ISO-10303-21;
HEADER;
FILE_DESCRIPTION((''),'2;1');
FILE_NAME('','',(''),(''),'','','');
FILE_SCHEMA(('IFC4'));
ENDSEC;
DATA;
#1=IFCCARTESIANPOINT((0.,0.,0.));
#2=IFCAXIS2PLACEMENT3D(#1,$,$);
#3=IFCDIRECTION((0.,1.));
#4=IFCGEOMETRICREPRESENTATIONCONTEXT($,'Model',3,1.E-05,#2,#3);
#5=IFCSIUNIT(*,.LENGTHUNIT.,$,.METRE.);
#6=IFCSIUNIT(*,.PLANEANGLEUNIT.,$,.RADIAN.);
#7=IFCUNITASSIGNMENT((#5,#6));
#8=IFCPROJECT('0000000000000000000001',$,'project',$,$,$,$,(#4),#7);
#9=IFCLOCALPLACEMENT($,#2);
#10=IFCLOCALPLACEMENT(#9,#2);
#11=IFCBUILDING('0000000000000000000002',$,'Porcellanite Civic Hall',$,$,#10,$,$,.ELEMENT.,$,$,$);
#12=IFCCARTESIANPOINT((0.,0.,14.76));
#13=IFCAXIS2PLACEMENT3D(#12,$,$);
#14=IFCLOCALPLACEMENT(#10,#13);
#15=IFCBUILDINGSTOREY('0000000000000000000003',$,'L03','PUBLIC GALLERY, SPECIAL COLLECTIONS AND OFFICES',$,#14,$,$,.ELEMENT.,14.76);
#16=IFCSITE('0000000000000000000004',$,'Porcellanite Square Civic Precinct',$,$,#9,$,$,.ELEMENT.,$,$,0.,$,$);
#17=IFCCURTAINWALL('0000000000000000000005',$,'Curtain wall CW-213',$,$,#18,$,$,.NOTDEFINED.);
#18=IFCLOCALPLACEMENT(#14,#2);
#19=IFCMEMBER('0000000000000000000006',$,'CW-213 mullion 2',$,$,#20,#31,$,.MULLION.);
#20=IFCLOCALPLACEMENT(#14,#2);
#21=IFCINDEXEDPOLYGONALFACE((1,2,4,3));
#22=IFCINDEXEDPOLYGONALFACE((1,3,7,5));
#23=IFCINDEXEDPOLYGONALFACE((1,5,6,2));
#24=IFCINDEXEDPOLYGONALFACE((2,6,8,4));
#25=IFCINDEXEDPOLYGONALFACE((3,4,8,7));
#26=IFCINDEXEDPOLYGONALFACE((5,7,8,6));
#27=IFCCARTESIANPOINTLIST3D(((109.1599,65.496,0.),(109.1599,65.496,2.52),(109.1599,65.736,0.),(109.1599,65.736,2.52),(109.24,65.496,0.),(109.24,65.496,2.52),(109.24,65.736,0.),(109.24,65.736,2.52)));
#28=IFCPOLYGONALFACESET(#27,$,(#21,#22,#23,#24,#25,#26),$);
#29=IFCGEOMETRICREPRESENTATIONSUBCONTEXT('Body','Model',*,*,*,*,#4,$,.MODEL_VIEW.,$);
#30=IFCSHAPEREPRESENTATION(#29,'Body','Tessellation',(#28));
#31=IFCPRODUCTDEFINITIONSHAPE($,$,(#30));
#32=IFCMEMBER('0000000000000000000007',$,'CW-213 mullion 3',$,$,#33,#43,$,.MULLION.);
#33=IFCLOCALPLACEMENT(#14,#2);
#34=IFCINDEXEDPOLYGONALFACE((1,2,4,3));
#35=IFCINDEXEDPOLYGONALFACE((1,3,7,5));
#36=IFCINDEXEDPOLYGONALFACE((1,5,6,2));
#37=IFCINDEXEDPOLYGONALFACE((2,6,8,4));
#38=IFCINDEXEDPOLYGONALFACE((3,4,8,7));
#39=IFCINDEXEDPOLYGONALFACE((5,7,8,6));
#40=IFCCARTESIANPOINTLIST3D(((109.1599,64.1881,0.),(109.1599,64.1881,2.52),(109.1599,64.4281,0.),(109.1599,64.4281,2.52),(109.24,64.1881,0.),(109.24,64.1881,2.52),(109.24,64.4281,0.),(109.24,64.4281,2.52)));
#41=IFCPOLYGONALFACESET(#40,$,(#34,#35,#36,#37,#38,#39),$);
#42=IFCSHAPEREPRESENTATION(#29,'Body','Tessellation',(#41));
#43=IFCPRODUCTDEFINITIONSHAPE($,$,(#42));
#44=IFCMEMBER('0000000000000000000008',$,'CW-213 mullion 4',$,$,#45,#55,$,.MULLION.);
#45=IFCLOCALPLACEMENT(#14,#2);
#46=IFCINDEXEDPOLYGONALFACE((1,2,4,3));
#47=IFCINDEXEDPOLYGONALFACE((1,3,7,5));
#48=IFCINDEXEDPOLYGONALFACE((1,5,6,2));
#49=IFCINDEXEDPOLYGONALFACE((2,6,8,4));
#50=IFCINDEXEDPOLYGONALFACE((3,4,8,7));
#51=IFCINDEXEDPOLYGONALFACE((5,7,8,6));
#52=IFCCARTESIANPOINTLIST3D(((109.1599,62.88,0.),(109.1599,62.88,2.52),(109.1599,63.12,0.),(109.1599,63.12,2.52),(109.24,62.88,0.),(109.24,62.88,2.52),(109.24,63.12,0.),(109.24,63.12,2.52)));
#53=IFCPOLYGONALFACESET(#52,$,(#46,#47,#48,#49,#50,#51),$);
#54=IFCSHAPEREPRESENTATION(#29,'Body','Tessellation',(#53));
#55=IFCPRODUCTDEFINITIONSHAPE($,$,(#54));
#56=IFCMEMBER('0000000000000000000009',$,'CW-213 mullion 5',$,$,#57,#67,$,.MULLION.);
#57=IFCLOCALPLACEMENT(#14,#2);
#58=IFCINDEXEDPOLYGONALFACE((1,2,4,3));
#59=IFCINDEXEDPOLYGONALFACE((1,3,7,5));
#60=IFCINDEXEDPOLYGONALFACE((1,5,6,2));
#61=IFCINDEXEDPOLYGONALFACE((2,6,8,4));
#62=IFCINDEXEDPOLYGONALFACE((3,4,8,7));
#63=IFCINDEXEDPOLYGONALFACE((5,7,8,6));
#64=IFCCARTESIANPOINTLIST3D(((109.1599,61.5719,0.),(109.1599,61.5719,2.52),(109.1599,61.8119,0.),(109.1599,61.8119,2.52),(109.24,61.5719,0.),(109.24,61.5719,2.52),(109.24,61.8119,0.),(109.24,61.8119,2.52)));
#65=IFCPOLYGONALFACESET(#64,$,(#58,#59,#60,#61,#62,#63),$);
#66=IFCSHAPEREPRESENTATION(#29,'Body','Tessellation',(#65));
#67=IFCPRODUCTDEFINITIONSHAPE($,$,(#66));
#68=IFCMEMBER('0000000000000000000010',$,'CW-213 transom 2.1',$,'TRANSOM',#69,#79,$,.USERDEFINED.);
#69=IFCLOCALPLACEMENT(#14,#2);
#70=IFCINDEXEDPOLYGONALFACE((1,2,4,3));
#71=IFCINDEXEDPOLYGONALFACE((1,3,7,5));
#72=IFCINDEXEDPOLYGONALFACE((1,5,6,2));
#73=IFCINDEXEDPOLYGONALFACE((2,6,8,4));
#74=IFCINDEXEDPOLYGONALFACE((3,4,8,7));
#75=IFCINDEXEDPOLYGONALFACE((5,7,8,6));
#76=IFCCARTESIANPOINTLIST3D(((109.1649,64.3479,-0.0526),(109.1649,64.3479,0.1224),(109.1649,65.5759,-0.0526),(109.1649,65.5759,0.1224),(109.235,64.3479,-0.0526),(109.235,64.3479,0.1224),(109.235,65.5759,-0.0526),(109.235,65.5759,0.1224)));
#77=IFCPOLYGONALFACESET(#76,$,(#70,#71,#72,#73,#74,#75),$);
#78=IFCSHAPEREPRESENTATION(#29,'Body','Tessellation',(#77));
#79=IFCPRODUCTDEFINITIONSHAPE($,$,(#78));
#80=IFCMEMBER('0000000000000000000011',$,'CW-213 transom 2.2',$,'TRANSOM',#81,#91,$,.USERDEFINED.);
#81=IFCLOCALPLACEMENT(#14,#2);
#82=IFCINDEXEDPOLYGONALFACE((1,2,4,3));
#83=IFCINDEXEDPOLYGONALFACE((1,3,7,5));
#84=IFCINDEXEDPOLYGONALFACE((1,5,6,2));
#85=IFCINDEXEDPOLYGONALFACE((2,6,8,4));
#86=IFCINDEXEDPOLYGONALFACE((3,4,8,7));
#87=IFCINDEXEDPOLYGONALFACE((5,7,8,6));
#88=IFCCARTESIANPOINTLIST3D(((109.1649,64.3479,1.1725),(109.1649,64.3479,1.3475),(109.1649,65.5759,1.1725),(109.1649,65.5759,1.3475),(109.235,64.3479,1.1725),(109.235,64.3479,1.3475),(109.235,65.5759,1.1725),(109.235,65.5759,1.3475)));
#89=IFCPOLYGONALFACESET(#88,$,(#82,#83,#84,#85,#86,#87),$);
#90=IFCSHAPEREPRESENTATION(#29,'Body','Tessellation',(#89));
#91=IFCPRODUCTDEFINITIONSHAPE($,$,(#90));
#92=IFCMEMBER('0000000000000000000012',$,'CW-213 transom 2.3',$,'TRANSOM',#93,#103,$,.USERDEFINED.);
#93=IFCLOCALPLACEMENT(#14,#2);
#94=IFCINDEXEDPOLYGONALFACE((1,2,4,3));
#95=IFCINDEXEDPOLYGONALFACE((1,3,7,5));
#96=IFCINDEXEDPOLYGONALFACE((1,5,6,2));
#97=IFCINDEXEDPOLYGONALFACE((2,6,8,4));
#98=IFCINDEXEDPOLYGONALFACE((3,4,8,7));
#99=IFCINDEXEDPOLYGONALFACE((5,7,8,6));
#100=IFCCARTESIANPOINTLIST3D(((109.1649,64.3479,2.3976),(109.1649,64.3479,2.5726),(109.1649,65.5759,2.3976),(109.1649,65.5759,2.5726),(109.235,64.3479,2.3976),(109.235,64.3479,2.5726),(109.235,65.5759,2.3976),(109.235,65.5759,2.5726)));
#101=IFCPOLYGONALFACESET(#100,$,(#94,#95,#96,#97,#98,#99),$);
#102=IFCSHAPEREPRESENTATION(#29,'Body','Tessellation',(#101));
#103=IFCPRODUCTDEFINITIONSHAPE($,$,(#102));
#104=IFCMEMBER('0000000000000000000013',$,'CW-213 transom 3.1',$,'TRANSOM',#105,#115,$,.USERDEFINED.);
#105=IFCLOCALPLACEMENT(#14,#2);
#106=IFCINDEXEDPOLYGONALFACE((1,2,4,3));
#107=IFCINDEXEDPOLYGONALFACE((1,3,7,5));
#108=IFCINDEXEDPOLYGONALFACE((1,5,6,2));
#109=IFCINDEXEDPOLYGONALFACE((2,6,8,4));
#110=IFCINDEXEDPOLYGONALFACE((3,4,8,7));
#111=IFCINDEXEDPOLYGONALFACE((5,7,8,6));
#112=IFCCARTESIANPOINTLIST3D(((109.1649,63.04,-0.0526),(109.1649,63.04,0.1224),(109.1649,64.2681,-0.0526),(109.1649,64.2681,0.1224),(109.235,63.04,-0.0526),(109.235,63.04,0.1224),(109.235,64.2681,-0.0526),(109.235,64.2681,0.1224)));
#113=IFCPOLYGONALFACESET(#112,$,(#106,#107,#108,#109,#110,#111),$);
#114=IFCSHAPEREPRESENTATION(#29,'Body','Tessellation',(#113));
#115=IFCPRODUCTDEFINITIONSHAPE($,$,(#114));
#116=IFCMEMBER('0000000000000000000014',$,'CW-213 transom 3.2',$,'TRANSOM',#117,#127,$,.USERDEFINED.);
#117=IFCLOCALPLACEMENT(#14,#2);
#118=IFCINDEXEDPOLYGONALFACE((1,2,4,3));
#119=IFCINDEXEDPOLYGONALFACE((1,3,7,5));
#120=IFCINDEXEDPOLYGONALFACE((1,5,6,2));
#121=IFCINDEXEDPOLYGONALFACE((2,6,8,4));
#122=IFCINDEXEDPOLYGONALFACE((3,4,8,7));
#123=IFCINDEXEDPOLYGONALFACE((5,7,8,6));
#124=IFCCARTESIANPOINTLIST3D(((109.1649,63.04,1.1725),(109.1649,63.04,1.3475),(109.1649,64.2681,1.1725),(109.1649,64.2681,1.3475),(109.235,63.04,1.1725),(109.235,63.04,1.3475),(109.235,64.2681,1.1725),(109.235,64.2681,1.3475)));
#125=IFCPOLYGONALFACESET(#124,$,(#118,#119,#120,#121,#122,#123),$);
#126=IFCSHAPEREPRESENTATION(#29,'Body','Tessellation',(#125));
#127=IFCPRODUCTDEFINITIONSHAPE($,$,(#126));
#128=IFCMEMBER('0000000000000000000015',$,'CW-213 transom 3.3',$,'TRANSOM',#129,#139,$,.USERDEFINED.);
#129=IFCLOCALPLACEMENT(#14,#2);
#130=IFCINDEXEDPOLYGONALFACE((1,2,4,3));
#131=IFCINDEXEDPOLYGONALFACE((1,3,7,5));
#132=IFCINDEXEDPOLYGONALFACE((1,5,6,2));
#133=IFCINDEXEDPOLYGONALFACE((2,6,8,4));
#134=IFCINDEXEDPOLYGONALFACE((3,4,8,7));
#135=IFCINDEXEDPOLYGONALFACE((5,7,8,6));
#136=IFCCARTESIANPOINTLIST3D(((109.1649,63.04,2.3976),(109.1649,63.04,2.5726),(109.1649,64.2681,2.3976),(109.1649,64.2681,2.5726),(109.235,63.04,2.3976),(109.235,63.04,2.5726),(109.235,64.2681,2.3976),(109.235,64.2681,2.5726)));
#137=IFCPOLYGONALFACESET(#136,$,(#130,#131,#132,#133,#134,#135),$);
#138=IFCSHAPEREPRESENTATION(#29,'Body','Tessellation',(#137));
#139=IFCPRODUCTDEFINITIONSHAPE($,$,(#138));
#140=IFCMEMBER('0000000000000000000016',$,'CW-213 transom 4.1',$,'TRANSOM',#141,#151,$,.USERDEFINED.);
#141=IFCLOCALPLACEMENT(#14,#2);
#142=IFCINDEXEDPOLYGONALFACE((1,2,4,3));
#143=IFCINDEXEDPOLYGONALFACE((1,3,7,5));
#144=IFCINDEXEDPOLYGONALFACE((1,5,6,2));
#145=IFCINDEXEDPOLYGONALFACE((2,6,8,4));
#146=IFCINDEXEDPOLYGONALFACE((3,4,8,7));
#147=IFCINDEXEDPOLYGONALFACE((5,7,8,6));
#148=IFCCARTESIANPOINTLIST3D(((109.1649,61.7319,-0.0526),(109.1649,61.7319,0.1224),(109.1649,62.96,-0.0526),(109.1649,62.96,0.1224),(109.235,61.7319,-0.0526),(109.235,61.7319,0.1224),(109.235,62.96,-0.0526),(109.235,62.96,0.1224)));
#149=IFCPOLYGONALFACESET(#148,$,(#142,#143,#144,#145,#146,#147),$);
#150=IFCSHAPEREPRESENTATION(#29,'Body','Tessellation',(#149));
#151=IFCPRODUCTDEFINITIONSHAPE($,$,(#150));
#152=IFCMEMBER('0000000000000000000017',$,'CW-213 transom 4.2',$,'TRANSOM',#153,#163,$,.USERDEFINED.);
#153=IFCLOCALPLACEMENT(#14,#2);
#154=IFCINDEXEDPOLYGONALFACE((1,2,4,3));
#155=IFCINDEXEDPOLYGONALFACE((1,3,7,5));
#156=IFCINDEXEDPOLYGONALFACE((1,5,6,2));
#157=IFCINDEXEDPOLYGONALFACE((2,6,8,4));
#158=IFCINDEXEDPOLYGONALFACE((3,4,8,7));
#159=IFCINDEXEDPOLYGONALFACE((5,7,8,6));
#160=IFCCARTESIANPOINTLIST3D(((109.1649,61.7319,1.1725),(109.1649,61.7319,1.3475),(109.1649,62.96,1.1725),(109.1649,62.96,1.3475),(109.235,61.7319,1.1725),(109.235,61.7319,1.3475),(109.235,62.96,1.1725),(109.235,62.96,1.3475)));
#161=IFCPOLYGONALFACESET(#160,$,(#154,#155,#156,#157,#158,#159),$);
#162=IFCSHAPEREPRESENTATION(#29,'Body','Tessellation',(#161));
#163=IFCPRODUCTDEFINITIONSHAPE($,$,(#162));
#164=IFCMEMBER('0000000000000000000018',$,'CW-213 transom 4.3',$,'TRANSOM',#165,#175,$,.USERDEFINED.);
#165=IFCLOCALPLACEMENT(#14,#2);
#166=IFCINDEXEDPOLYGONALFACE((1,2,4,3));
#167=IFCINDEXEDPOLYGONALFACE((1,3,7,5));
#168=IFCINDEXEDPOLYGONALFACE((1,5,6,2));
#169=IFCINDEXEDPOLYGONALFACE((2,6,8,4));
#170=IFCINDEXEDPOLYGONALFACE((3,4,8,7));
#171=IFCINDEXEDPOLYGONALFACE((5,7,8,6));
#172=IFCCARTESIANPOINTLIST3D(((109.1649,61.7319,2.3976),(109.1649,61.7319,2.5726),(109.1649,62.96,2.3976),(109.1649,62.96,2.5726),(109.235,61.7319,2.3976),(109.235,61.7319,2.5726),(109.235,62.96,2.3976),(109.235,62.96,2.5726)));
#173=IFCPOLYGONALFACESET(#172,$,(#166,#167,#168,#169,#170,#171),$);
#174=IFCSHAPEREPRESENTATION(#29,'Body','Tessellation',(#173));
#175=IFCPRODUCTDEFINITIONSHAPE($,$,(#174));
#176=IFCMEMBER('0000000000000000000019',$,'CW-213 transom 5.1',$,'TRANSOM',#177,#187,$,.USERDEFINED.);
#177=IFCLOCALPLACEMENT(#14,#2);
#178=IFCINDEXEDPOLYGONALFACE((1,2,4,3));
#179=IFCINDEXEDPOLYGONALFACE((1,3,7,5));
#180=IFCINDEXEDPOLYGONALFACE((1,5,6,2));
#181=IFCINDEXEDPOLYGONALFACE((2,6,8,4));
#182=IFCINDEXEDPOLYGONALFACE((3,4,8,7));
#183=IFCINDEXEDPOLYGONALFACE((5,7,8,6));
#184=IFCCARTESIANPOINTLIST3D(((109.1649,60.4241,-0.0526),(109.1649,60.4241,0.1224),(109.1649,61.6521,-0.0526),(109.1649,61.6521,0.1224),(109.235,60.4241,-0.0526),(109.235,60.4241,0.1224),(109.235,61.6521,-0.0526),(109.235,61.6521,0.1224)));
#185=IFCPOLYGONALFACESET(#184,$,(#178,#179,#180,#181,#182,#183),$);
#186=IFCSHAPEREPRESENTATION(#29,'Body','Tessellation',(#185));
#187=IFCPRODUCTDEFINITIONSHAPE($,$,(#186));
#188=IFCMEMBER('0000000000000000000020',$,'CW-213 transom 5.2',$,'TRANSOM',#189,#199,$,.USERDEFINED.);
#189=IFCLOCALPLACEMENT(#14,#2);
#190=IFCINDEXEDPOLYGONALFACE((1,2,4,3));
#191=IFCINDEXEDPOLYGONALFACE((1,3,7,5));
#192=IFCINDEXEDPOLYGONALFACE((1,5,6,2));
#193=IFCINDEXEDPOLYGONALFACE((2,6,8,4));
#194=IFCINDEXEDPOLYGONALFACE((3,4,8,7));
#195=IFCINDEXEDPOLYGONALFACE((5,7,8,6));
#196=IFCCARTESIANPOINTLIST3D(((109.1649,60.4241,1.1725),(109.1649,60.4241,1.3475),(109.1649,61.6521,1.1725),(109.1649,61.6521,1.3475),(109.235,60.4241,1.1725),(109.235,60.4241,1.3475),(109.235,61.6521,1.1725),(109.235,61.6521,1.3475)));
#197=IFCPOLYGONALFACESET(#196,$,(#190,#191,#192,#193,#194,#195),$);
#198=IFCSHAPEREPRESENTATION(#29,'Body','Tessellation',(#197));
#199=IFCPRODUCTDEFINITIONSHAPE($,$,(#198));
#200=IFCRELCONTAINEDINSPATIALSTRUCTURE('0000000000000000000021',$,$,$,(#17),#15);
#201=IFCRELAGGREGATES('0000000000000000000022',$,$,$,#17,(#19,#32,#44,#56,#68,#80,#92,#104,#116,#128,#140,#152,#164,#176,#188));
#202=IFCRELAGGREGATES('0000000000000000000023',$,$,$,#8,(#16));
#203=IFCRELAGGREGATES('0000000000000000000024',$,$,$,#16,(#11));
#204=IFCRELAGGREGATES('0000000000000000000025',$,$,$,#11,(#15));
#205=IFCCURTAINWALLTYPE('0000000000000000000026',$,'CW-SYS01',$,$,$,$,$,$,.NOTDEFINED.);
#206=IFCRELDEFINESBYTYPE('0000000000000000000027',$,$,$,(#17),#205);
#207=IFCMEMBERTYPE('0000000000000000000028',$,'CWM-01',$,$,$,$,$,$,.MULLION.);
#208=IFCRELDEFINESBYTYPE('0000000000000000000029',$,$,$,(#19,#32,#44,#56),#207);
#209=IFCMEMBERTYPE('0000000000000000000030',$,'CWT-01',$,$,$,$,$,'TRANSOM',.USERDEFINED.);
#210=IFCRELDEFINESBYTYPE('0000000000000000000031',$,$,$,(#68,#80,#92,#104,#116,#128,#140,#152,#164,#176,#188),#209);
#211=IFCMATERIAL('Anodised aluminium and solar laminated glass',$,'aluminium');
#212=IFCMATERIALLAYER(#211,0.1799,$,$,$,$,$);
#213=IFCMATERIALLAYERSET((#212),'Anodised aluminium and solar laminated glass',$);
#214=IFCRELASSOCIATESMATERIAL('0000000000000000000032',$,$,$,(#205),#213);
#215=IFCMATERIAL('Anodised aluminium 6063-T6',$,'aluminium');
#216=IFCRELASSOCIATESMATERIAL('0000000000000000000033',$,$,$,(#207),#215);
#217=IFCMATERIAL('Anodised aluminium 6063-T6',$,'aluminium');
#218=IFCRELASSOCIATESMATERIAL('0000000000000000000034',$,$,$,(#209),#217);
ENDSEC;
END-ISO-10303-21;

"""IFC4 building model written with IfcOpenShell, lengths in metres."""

from ifc_helpers import new_model, si_unit, direction, frame, origin, origin_2d, place, context, subcontext, project, spatial, rectangle, extrude, material, layer, layer_set, material_profile, profile_set, type_object, element, aggregate, save


model = new_model("IFC4")

# Units and contexts
model_context = context("Model", 3, precision=1e-05, world=origin(), true_north=direction((0.0, 1.0)))
body_context = subcontext(model_context, "Body", "Model", "MODEL_VIEW")
ifc_project = project(units=[si_unit("LENGTHUNIT", "METRE"), si_unit("PLANEANGLEUNIT", "RADIAN")], contexts=[model_context])

# Site, building, storey
site_placement = place(None, origin())
site = spatial("IfcSite", under=ifc_project, at=site_placement, Name="Porcellanite Square Civic Precinct", CompositionType="ELEMENT", RefElevation=0.0)
building_placement = place(site_placement, origin())
building = spatial("IfcBuilding", under=site, at=building_placement, Name="Porcellanite Civic Hall", CompositionType="ELEMENT")
storey_placement = place(building_placement, frame((0.0, 0.0, 14.76)))
storey = spatial("IfcBuildingStorey", under=building, at=storey_placement, Name="L03", Description="PUBLIC GALLERY, SPECIAL COLLECTIONS AND OFFICES", CompositionType="ELEMENT", Elevation=14.76)

# Curtain wall, members
ifc_material_1 = material(Name="Anodised aluminium and solar laminated glass", Category="aluminium")
ifc_layer_1 = layer(ifc_material_1, 0.1799)
ifc_layer_set_1 = layer_set([ifc_layer_1], Name="Anodised aluminium and solar laminated glass")
curtain_wall_type = type_object("IfcCurtainWallType", Name="CW-SYS01", PredefinedType="NOTDEFINED", material=ifc_layer_set_1)
curtain_wall_placement = place(storey_placement, origin())
curtain_wall = element("IfcCurtainWall", 1, at=curtain_wall_placement, inside=storey, type_object=curtain_wall_type, Name="Curtain wall CW-213", PredefinedType="NOTDEFINED")
ifc_material_2 = material(Name="Anodised aluminium 6063-T6", Category="aluminium")
ifc_material_profile_1 = material_profile(ifc_material_2, rectangle(XDim=0.0801, YDim=0.24, at=origin_2d()), Name="AL-80x240")
ifc_profile_set_1 = profile_set([ifc_material_profile_1], Name="Anodised aluminium 6063-T6")
member_type_1 = type_object("IfcMemberType", Name="CWM-01", PredefinedType="MULLION", material=ifc_profile_set_1)
member_1_placement = place(storey_placement, frame((109.2, 65.616, 0.0), z_axis=(0.0, 0.0, 1.0), x_axis=(1.0, 0.0, 0.0)))
member_1 = element("IfcMember", 2, at=member_1_placement, type_object=member_type_1, Name="CW-213 mullion 2", PredefinedType="MULLION", context=body_context, shape_type="SweptSolid", body=[
    extrude(rectangle(XDim=0.0801, YDim=0.24, at=origin_2d()), origin(), (0.0, 0.0, 1.0), 2.52),
])
member_2_placement = place(storey_placement, frame((109.2, 64.3081, 0.0), z_axis=(0.0, 0.0, 1.0), x_axis=(1.0, 0.0, 0.0)))
member_2 = element("IfcMember", 3, at=member_2_placement, type_object=member_type_1, Name="CW-213 mullion 3", PredefinedType="MULLION", context=body_context, shape_type="SweptSolid", body=[
    extrude(rectangle(XDim=0.0801, YDim=0.24, at=origin_2d()), origin(), (0.0, 0.0, 1.0), 2.52),
])
member_3_placement = place(storey_placement, frame((109.2, 63.0, 0.0), z_axis=(0.0, 0.0, 1.0), x_axis=(1.0, 0.0, 0.0)))
member_3 = element("IfcMember", 4, at=member_3_placement, type_object=member_type_1, Name="CW-213 mullion 4", PredefinedType="MULLION", context=body_context, shape_type="SweptSolid", body=[
    extrude(rectangle(XDim=0.0801, YDim=0.24, at=origin_2d()), origin(), (0.0, 0.0, 1.0), 2.52),
])
member_4_placement = place(storey_placement, frame((109.2, 61.6919, 0.0), z_axis=(0.0, 0.0, 1.0), x_axis=(1.0, 0.0, 0.0)))
member_4 = element("IfcMember", 5, at=member_4_placement, type_object=member_type_1, Name="CW-213 mullion 5", PredefinedType="MULLION", context=body_context, shape_type="SweptSolid", body=[
    extrude(rectangle(XDim=0.0801, YDim=0.24, at=origin_2d()), origin(), (0.0, 0.0, 1.0), 2.52),
])
ifc_material_3 = material(Name="Anodised aluminium 6063-T6", Category="aluminium")
ifc_material_profile_2 = material_profile(ifc_material_3, rectangle(XDim=0.0701, YDim=0.175, at=origin_2d()), Name="AL-70x175")
ifc_profile_set_2 = profile_set([ifc_material_profile_2], Name="Anodised aluminium 6063-T6")
member_type_2 = type_object("IfcMemberType", Name="CWT-01", ElementType="TRANSOM", PredefinedType="USERDEFINED", material=ifc_profile_set_2)
member_5_placement = place(storey_placement, frame((109.2, 65.5759, 0.0349), z_axis=(0.0, -1.0, 0.0), x_axis=(1.0, 0.0, 0.0)))
member_5 = element("IfcMember", 6, at=member_5_placement, type_object=member_type_2, Name="CW-213 transom 2.1", ObjectType="TRANSOM", PredefinedType="USERDEFINED", context=body_context, shape_type="SweptSolid", body=[
    extrude(rectangle(XDim=0.0701, YDim=0.175, at=origin_2d()), origin(), (0.0, 0.0, 1.0), 1.228),
])
member_6_placement = place(storey_placement, frame((109.2, 65.5759, 1.26), z_axis=(0.0, -1.0, 0.0), x_axis=(1.0, 0.0, 0.0)))
member_6 = element("IfcMember", 7, at=member_6_placement, type_object=member_type_2, Name="CW-213 transom 2.2", ObjectType="TRANSOM", PredefinedType="USERDEFINED", context=body_context, shape_type="SweptSolid", body=[
    extrude(rectangle(XDim=0.0701, YDim=0.175, at=origin_2d()), origin(), (0.0, 0.0, 1.0), 1.228),
])
member_7_placement = place(storey_placement, frame((109.2, 65.5759, 2.4851), z_axis=(0.0, -1.0, 0.0), x_axis=(1.0, 0.0, 0.0)))
member_7 = element("IfcMember", 8, at=member_7_placement, type_object=member_type_2, Name="CW-213 transom 2.3", ObjectType="TRANSOM", PredefinedType="USERDEFINED", context=body_context, shape_type="SweptSolid", body=[
    extrude(rectangle(XDim=0.0701, YDim=0.175, at=origin_2d()), origin(), (0.0, 0.0, 1.0), 1.228),
])
member_8_placement = place(storey_placement, frame((109.2, 64.2681, 0.0349), z_axis=(0.0, -1.0, 0.0), x_axis=(1.0, 0.0, 0.0)))
member_8 = element("IfcMember", 9, at=member_8_placement, type_object=member_type_2, Name="CW-213 transom 3.1", ObjectType="TRANSOM", PredefinedType="USERDEFINED", context=body_context, shape_type="SweptSolid", body=[
    extrude(rectangle(XDim=0.0701, YDim=0.175, at=origin_2d()), origin(), (0.0, 0.0, 1.0), 1.228),
])
member_9_placement = place(storey_placement, frame((109.2, 64.2681, 1.26), z_axis=(0.0, -1.0, 0.0), x_axis=(1.0, 0.0, 0.0)))
member_9 = element("IfcMember", 10, at=member_9_placement, type_object=member_type_2, Name="CW-213 transom 3.2", ObjectType="TRANSOM", PredefinedType="USERDEFINED", context=body_context, shape_type="SweptSolid", body=[
    extrude(rectangle(XDim=0.0701, YDim=0.175, at=origin_2d()), origin(), (0.0, 0.0, 1.0), 1.228),
])
member_10_placement = place(storey_placement, frame((109.2, 64.2681, 2.4851), z_axis=(0.0, -1.0, 0.0), x_axis=(1.0, 0.0, 0.0)))
member_10 = element("IfcMember", 11, at=member_10_placement, type_object=member_type_2, Name="CW-213 transom 3.3", ObjectType="TRANSOM", PredefinedType="USERDEFINED", context=body_context, shape_type="SweptSolid", body=[
    extrude(rectangle(XDim=0.0701, YDim=0.175, at=origin_2d()), origin(), (0.0, 0.0, 1.0), 1.228),
])
member_11_placement = place(storey_placement, frame((109.2, 62.96, 0.0349), z_axis=(0.0, -1.0, 0.0), x_axis=(1.0, 0.0, 0.0)))
member_11 = element("IfcMember", 12, at=member_11_placement, type_object=member_type_2, Name="CW-213 transom 4.1", ObjectType="TRANSOM", PredefinedType="USERDEFINED", context=body_context, shape_type="SweptSolid", body=[
    extrude(rectangle(XDim=0.0701, YDim=0.175, at=origin_2d()), origin(), (0.0, 0.0, 1.0), 1.228),
])
member_12_placement = place(storey_placement, frame((109.2, 62.96, 1.26), z_axis=(0.0, -1.0, 0.0), x_axis=(1.0, 0.0, 0.0)))
member_12 = element("IfcMember", 13, at=member_12_placement, type_object=member_type_2, Name="CW-213 transom 4.2", ObjectType="TRANSOM", PredefinedType="USERDEFINED", context=body_context, shape_type="SweptSolid", body=[
    extrude(rectangle(XDim=0.0701, YDim=0.175, at=origin_2d()), origin(), (0.0, 0.0, 1.0), 1.228),
])
member_13_placement = place(storey_placement, frame((109.2, 62.96, 2.4851), z_axis=(0.0, -1.0, 0.0), x_axis=(1.0, 0.0, 0.0)))
member_13 = element("IfcMember", 14, at=member_13_placement, type_object=member_type_2, Name="CW-213 transom 4.3", ObjectType="TRANSOM", PredefinedType="USERDEFINED", context=body_context, shape_type="SweptSolid", body=[
    extrude(rectangle(XDim=0.0701, YDim=0.175, at=origin_2d()), origin(), (0.0, 0.0, 1.0), 1.228),
])
member_14_placement = place(storey_placement, frame((109.2, 61.6521, 0.0349), z_axis=(0.0, -1.0, 0.0), x_axis=(1.0, 0.0, 0.0)))
member_14 = element("IfcMember", 15, at=member_14_placement, type_object=member_type_2, Name="CW-213 transom 5.1", ObjectType="TRANSOM", PredefinedType="USERDEFINED", context=body_context, shape_type="SweptSolid", body=[
    extrude(rectangle(XDim=0.0701, YDim=0.175, at=origin_2d()), origin(), (0.0, 0.0, 1.0), 1.228),
])
member_15_placement = place(storey_placement, frame((109.2, 61.6521, 1.26), z_axis=(0.0, -1.0, 0.0), x_axis=(1.0, 0.0, 0.0)))
member_15 = element("IfcMember", 16, at=member_15_placement, type_object=member_type_2, Name="CW-213 transom 5.2", ObjectType="TRANSOM", PredefinedType="USERDEFINED", context=body_context, shape_type="SweptSolid", body=[
    extrude(rectangle(XDim=0.0701, YDim=0.175, at=origin_2d()), origin(), (0.0, 0.0, 1.0), 1.228),
])

aggregate(curtain_wall, [member_1, member_2, member_3, member_4, member_5, member_6, member_7, member_8, member_9, member_10, member_11, member_12, member_13, member_14, member_15])

save(model, "model.ifc")
